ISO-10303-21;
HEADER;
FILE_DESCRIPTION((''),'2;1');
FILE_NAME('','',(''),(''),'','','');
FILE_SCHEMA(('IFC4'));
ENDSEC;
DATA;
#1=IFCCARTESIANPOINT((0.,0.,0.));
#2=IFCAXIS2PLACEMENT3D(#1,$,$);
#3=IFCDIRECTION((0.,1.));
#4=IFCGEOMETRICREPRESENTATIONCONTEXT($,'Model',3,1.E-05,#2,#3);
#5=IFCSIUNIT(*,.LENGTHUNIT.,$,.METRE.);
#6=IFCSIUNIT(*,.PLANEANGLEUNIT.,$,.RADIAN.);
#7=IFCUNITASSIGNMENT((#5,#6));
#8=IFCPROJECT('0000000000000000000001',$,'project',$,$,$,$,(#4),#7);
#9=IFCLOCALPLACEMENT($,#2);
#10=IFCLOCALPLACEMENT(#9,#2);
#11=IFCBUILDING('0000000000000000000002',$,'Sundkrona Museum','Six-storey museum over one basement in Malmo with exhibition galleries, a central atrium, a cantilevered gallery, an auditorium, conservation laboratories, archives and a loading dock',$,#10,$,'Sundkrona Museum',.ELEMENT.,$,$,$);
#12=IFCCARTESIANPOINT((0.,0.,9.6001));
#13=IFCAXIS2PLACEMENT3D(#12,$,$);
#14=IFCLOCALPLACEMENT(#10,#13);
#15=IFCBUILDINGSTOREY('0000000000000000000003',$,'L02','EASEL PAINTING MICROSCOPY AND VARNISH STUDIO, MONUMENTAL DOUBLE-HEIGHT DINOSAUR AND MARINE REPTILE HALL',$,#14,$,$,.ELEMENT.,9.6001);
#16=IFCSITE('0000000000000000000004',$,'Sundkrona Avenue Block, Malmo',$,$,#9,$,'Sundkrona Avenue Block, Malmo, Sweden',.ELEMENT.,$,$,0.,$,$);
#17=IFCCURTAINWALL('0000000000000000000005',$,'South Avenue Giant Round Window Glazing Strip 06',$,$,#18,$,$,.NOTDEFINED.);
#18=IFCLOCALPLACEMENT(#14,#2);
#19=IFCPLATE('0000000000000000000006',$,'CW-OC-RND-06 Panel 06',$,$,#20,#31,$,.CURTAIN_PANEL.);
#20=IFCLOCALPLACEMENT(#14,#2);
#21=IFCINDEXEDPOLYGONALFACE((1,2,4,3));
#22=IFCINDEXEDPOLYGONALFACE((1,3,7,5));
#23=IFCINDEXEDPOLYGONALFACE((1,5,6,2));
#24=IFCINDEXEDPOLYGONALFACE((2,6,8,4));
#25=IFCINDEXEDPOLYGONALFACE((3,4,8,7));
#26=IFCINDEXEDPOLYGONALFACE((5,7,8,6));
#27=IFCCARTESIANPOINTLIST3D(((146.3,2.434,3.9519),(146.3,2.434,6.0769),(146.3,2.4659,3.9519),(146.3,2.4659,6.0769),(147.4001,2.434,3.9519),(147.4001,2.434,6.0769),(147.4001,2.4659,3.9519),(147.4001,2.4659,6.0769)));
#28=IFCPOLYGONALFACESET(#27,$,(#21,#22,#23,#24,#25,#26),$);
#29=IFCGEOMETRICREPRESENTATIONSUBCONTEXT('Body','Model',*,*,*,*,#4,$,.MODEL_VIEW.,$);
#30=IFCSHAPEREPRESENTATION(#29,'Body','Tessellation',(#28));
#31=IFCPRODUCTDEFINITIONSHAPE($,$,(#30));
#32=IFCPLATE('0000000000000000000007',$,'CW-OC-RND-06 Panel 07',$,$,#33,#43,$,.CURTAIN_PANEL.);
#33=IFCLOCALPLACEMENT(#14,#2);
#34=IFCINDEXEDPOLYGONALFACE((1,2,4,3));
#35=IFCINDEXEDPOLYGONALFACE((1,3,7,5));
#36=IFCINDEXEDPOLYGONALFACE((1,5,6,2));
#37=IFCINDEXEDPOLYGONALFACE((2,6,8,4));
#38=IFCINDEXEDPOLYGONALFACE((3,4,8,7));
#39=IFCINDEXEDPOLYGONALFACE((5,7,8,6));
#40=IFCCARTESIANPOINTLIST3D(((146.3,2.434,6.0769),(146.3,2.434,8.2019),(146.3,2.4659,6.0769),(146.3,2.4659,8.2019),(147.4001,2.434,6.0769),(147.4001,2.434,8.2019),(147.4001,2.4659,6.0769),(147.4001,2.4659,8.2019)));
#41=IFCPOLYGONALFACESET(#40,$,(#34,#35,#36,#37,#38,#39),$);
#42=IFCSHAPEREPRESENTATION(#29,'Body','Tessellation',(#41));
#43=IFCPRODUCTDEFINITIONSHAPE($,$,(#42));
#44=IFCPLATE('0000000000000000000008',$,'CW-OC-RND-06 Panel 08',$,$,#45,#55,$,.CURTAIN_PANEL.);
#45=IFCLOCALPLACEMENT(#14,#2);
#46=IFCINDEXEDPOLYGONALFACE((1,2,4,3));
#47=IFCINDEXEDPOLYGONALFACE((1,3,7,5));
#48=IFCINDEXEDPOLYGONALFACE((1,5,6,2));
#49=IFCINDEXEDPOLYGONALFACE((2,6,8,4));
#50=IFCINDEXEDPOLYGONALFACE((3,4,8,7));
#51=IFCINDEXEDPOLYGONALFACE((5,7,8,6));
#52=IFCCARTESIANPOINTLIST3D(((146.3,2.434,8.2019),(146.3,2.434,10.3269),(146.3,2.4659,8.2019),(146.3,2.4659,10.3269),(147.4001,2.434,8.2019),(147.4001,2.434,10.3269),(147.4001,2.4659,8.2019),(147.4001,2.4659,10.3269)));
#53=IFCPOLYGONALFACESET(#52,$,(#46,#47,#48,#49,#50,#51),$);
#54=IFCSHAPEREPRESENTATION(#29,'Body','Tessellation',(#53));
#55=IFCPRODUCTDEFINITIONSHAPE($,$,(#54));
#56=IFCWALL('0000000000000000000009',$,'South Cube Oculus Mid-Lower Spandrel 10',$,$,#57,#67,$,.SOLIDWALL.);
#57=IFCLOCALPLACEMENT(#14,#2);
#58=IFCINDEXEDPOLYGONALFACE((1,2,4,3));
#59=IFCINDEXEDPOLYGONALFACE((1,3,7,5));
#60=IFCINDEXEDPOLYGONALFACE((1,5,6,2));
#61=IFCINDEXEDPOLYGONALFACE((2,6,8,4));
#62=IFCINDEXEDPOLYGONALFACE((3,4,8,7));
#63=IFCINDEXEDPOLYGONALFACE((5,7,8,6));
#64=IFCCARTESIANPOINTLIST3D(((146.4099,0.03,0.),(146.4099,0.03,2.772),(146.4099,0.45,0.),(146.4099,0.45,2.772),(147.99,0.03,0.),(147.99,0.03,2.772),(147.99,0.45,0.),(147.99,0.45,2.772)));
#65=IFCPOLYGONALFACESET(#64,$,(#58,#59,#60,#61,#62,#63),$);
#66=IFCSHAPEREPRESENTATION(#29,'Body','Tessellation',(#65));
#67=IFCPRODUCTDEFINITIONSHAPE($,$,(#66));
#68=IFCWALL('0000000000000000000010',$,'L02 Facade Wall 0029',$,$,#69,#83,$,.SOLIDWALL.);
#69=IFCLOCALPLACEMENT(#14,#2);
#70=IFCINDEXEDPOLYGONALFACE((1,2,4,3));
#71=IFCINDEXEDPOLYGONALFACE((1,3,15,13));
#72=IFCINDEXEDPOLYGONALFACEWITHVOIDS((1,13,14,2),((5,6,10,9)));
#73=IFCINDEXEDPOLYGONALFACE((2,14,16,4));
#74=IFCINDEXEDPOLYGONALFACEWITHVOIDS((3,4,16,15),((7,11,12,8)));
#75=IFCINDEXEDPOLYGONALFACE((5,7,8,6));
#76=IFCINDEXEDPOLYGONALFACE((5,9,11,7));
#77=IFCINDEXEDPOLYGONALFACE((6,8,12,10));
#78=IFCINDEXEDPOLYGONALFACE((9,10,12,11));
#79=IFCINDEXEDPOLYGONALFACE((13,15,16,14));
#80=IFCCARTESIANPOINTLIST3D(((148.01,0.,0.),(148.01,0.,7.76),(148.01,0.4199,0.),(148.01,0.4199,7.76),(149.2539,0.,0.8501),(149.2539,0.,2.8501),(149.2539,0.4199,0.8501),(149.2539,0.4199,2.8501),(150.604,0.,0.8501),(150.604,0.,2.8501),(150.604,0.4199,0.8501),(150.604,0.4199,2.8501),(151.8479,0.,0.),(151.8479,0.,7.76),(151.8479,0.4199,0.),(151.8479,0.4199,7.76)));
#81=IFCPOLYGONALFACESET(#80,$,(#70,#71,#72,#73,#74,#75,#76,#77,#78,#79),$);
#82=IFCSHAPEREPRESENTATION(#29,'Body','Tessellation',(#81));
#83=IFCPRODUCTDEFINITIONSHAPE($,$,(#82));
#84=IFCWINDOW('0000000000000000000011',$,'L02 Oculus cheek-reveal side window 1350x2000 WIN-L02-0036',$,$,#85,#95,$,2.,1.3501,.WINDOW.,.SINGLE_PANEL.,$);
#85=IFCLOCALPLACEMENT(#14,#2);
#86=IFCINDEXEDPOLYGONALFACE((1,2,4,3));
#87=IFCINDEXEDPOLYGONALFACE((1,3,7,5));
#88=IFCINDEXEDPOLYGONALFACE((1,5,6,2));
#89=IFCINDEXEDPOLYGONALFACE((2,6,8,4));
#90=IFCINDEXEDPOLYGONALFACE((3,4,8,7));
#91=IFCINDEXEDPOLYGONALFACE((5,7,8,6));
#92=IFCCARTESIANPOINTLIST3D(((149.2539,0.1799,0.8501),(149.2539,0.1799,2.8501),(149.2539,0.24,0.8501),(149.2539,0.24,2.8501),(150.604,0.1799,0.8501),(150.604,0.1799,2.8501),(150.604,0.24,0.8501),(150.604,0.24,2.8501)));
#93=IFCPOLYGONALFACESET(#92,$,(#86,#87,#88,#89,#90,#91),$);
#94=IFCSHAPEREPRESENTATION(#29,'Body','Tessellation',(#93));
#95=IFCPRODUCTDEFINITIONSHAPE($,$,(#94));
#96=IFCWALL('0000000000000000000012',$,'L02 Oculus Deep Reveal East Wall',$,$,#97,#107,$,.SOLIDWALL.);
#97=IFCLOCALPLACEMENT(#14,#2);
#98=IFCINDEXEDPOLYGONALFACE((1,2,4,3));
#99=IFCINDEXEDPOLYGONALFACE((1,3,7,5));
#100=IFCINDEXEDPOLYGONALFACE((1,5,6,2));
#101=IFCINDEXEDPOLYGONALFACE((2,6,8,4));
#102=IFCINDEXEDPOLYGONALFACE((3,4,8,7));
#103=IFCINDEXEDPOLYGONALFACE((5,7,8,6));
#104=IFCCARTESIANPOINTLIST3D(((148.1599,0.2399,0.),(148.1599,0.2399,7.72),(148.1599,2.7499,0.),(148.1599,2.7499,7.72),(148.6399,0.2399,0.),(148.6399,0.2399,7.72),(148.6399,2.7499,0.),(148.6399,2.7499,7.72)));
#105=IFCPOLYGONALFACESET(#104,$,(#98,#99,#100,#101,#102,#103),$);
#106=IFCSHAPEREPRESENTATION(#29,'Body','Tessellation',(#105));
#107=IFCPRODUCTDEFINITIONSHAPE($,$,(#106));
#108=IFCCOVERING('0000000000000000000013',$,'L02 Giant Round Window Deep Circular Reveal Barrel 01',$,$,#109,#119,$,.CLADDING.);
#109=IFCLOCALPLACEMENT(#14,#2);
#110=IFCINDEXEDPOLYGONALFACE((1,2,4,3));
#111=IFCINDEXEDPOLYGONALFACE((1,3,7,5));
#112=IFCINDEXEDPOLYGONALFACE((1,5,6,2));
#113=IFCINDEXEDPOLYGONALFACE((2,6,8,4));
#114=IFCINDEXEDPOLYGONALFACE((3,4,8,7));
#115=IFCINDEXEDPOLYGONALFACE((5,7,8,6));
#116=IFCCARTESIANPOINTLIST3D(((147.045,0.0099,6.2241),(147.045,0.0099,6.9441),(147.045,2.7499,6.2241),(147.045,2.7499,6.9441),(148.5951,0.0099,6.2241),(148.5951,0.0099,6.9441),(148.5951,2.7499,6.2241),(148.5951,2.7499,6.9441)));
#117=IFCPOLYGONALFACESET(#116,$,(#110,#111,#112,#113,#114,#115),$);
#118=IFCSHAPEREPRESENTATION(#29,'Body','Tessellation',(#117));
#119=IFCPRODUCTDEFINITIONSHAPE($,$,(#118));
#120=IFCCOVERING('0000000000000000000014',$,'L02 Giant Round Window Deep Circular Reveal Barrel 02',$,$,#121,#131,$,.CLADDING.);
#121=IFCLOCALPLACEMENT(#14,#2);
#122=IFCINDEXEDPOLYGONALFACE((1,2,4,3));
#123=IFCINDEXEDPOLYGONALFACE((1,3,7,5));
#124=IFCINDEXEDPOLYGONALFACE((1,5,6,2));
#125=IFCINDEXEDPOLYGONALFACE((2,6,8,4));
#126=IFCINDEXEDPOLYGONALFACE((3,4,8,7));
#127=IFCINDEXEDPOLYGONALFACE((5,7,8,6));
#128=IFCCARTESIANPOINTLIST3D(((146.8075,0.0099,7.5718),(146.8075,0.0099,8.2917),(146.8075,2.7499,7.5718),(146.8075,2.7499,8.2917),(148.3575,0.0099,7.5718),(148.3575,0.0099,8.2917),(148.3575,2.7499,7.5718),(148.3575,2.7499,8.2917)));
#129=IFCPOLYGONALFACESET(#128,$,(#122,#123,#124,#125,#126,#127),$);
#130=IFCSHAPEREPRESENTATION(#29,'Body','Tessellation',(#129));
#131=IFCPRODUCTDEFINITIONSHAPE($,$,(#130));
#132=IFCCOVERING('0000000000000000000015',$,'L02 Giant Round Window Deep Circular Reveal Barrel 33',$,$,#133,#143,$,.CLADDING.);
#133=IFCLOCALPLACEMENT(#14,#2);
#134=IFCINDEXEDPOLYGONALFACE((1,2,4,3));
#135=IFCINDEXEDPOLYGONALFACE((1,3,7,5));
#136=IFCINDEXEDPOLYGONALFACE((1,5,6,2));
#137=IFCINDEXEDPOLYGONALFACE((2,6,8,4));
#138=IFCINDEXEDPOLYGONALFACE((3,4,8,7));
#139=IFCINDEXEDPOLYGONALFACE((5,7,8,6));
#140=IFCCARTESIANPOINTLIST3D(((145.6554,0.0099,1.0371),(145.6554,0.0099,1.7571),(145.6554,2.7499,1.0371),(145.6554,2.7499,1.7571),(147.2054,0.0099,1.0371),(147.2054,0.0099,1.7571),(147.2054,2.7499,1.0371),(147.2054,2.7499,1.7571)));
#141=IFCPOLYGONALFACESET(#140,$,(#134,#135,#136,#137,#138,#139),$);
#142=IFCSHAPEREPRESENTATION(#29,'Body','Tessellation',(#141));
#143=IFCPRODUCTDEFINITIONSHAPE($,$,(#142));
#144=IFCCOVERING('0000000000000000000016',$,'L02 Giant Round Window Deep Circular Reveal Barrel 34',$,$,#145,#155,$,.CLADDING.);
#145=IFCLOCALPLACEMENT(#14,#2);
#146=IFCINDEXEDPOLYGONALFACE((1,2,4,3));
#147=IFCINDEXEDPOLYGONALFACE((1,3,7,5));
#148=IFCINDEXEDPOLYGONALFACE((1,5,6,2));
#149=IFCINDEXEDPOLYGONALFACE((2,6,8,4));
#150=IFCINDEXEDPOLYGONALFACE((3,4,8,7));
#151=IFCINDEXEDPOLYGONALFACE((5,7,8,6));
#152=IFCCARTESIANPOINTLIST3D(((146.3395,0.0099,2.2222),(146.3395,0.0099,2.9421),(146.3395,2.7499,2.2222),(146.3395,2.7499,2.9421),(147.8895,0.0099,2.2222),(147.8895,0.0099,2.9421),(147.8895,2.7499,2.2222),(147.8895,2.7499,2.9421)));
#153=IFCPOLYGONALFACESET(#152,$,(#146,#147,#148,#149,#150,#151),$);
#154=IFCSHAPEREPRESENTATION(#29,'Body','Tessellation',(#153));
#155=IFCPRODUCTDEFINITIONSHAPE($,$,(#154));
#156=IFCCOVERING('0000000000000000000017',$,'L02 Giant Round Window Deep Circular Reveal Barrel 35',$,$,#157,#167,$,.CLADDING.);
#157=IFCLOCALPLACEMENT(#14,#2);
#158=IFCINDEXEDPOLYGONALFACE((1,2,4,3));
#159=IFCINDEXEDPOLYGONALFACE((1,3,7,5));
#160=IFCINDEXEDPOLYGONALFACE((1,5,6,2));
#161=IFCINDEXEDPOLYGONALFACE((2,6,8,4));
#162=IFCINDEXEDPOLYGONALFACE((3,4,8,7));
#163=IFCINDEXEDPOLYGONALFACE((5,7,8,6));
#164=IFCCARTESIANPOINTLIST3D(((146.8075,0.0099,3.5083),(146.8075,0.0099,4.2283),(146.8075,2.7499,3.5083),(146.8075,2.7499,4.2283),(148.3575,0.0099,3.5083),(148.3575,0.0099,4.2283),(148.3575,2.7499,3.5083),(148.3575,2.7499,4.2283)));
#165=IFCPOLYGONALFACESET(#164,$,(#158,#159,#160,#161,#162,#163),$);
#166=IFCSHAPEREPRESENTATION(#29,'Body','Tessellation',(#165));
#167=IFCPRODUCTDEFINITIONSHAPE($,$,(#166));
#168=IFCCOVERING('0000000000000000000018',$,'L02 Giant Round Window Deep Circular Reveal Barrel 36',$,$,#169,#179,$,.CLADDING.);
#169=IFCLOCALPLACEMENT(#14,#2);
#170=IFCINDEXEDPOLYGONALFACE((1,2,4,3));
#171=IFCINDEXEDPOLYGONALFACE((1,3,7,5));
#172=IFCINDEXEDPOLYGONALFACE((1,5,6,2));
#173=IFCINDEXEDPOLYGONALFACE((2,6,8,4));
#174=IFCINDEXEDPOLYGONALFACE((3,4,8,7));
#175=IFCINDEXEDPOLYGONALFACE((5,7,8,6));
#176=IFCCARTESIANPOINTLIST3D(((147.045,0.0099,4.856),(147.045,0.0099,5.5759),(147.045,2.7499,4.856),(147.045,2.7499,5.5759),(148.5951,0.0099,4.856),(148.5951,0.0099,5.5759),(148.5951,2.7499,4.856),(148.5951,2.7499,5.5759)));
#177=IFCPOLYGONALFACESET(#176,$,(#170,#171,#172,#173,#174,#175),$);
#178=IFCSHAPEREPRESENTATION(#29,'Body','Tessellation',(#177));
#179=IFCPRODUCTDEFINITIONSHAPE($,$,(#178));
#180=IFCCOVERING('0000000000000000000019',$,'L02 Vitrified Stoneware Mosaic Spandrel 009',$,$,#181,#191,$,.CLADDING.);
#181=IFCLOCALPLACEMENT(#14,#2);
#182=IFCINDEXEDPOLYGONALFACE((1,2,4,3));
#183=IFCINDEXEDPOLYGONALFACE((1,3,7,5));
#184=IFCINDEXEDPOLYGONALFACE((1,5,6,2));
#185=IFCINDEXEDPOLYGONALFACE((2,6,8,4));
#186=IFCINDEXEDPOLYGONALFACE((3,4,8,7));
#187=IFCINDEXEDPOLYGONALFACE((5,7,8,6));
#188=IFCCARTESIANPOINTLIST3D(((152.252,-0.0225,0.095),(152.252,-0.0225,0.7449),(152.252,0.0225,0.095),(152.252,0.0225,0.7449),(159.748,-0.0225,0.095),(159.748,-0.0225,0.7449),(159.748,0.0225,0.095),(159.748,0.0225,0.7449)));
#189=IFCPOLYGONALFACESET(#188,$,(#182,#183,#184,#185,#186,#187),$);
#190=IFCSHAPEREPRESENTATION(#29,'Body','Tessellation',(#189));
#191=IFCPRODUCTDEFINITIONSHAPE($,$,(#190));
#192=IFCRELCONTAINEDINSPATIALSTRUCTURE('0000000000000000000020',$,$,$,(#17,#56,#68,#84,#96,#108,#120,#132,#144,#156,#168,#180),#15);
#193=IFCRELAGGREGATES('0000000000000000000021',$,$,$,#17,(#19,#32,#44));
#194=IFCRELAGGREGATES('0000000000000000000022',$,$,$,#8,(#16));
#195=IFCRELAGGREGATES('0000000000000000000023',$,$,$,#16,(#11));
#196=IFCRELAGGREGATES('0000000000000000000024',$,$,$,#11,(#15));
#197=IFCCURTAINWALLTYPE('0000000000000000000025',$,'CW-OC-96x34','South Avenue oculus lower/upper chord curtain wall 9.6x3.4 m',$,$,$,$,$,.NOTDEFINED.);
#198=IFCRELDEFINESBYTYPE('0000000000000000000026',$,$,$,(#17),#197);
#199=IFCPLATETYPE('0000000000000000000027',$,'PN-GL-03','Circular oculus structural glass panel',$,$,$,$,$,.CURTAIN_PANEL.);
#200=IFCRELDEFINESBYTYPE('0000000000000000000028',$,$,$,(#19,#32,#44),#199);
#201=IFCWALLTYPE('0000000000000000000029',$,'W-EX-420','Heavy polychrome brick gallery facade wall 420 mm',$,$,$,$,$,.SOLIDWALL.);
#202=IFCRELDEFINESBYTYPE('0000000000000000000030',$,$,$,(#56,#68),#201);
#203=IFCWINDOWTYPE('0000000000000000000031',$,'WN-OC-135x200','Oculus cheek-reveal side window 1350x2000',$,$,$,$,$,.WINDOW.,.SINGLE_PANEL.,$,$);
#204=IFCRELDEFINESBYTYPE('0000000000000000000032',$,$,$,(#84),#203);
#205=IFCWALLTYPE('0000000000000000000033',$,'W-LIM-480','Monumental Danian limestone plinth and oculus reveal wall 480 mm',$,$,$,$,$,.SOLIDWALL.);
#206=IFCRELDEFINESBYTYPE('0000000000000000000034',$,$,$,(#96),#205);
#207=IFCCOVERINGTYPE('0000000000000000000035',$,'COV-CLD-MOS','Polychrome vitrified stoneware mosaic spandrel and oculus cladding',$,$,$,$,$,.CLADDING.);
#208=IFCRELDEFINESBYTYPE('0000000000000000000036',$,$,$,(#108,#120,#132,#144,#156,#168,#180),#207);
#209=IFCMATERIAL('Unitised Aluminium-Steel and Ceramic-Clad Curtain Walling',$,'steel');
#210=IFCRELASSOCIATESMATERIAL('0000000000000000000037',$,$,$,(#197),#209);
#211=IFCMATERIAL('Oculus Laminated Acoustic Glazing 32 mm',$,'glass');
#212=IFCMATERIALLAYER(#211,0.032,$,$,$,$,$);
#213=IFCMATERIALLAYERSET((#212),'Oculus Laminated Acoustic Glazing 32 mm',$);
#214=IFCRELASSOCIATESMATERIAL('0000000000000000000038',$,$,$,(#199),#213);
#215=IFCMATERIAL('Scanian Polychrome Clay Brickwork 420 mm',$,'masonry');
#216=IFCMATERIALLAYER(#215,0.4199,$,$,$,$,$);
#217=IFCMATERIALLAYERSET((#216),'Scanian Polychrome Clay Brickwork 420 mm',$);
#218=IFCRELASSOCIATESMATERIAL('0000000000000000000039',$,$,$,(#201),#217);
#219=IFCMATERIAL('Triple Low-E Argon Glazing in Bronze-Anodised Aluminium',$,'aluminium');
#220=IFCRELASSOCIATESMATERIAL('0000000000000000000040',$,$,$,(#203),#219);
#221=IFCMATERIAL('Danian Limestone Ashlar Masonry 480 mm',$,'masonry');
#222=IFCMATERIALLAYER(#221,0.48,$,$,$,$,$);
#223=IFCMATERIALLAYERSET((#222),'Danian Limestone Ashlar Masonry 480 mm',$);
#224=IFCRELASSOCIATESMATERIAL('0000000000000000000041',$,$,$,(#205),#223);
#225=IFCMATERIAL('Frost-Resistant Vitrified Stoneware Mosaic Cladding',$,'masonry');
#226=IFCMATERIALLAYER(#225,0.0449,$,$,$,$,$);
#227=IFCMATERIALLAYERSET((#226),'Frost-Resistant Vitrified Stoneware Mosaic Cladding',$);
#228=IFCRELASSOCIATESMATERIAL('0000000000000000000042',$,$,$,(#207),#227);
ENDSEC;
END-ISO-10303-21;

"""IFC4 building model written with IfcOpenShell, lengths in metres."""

from ifc_helpers import new_model, si_unit, direction, frame, frame_2d, origin, origin_2d, place, context, subcontext, project, spatial, rectangle, extrude, material, layer, layer_set, type_object, element, fill, aggregate, save


model = new_model("IFC4")

# Units and contexts
model_context = context("Model", 3, precision=1e-05, world=origin(), true_north=direction((0.0, 1.0)))
body_context = subcontext(model_context, "Body", "Model", "MODEL_VIEW")
ifc_project = project(units=[si_unit("LENGTHUNIT", "METRE"), si_unit("PLANEANGLEUNIT", "RADIAN")], contexts=[model_context])

# Site, building, storey
site_placement = place(None, origin())
site = spatial("IfcSite", under=ifc_project, at=site_placement, Name="Sundkrona Avenue Block, Malmo", LongName="Sundkrona Avenue Block, Malmo, Sweden", CompositionType="ELEMENT", RefElevation=0.0)
building_placement = place(site_placement, origin())
building = spatial("IfcBuilding", under=site, at=building_placement, Name="Sundkrona Museum", Description="Six-storey museum over one basement in Malmo with exhibition galleries, a central atrium, a cantilevered gallery, an auditorium, conservation laboratories, archives and a loading dock", LongName="Sundkrona Museum", CompositionType="ELEMENT")
storey_placement = place(building_placement, frame((0.0, 0.0, 9.6001)))
storey = spatial("IfcBuildingStorey", under=building, at=storey_placement, Name="L02", Description="EASEL PAINTING MICROSCOPY AND VARNISH STUDIO, MONUMENTAL DOUBLE-HEIGHT DINOSAUR AND MARINE REPTILE HALL", CompositionType="ELEMENT", Elevation=9.6001)

# Curtain wall
ifc_material_1 = material(Name="Unitised Aluminium-Steel and Ceramic-Clad Curtain Walling", Category="steel")
curtain_wall_type = type_object("IfcCurtainWallType", Name="CW-OC-96x34", Description="South Avenue oculus lower/upper chord curtain wall 9.6x3.4 m", PredefinedType="NOTDEFINED", material=ifc_material_1)
curtain_wall_placement = place(storey_placement, origin())
curtain_wall = element("IfcCurtainWall", 1, at=curtain_wall_placement, inside=storey, type_object=curtain_wall_type, Name="South Avenue Giant Round Window Glazing Strip 06", PredefinedType="NOTDEFINED")

# Plates
ifc_material_2 = material(Name="Oculus Laminated Acoustic Glazing 32 mm", Category="glass")
ifc_layer_1 = layer(ifc_material_2, 0.032)
ifc_layer_set_1 = layer_set([ifc_layer_1], Name="Oculus Laminated Acoustic Glazing 32 mm")
plate_type = type_object("IfcPlateType", Name="PN-GL-03", Description="Circular oculus structural glass panel", PredefinedType="CURTAIN_PANEL", material=ifc_layer_set_1)
plate_1_placement = place(storey_placement, frame((146.8501, 2.45, 3.9519), z_axis=(0.0, 0.0, 1.0), x_axis=(1.0, 0.0, 0.0)))
plate_1 = element("IfcPlate", 2, at=plate_1_placement, type_object=plate_type, Name="CW-OC-RND-06 Panel 06", PredefinedType="CURTAIN_PANEL", context=body_context, shape_type="SweptSolid", body=[
    extrude(rectangle(XDim=1.1001, YDim=0.032, at=origin_2d()), origin(), (0.0, 0.0, 1.0), 2.125),
])
plate_2_placement = place(storey_placement, frame((146.8501, 2.45, 6.0769), z_axis=(0.0, 0.0, 1.0), x_axis=(1.0, 0.0, 0.0)))
plate_2 = element("IfcPlate", 3, at=plate_2_placement, type_object=plate_type, Name="CW-OC-RND-06 Panel 07", PredefinedType="CURTAIN_PANEL", context=body_context, shape_type="SweptSolid", body=[
    extrude(rectangle(XDim=1.1001, YDim=0.032, at=origin_2d()), origin(), (0.0, 0.0, 1.0), 2.125),
])
plate_3_placement = place(storey_placement, frame((146.8501, 2.45, 8.2019), z_axis=(0.0, 0.0, 1.0), x_axis=(1.0, 0.0, 0.0)))
plate_3 = element("IfcPlate", 4, at=plate_3_placement, type_object=plate_type, Name="CW-OC-RND-06 Panel 08", PredefinedType="CURTAIN_PANEL", context=body_context, shape_type="SweptSolid", body=[
    extrude(rectangle(XDim=1.1001, YDim=0.032, at=origin_2d()), origin(), (0.0, 0.0, 1.0), 2.125),
])
aggregate(curtain_wall, [plate_1, plate_2, plate_3])

# Wall
ifc_material_3 = material(Name="Scanian Polychrome Clay Brickwork 420 mm", Category="masonry")
ifc_layer_2 = layer(ifc_material_3, 0.4199)
ifc_layer_set_2 = layer_set([ifc_layer_2], Name="Scanian Polychrome Clay Brickwork 420 mm")
wall_type_1 = type_object("IfcWallType", Name="W-EX-420", Description="Heavy polychrome brick gallery facade wall 420 mm", PredefinedType="SOLIDWALL", material=ifc_layer_set_2)
wall_1_placement = place(storey_placement, frame((147.99, 0.24, 0.0), z_axis=(0.0, 0.0, 1.0), x_axis=(-1.0, 0.0, 0.0)))
element("IfcWall", 5, at=wall_1_placement, inside=storey, type_object=wall_type_1, Name="South Cube Oculus Mid-Lower Spandrel 10", PredefinedType="SOLIDWALL", context=body_context, shape_type="SweptSolid", body=[
    extrude(rectangle(XDim=1.5801, YDim=0.4199, at=frame_2d((0.79, 0.0))), origin(), (0.0, 0.0, 1.0), 2.772),
])

# Wall, opening, window
wall_2_placement = place(storey_placement, frame((151.8479, 0.21, 0.0), z_axis=(0.0, 0.0, 1.0), x_axis=(-1.0, 0.0, 0.0)))
wall_2 = element("IfcWall", 6, at=wall_2_placement, inside=storey, type_object=wall_type_1, Name="L02 Facade Wall 0029", PredefinedType="SOLIDWALL", context=body_context, shape_type="SweptSolid", body=[
    extrude(rectangle(XDim=3.8379, YDim=0.4199, at=frame_2d((1.9189, 0.0))), origin(), (0.0, 0.0, 1.0), 7.76),
])
opening_placement = place(wall_2_placement, frame((1.2439, 0.0, 0.8501)))
opening = element("IfcOpeningElement", 7, at=opening_placement, cuts=wall_2, PredefinedType="OPENING", context=body_context, shape_type="SweptSolid", body=[
    extrude(rectangle(XDim=1.3501, YDim=2.0, at=frame_2d((0.675, 1.0))), frame((0.0, 0.22, 0.0), z_axis=(0.0, -1.0, 0.0), x_axis=(1.0, 0.0, 0.0)), (0.0, 0.0, 1.0), 0.4399),
])
ifc_material_4 = material(Name="Triple Low-E Argon Glazing in Bronze-Anodised Aluminium", Category="aluminium")
window_type = type_object("IfcWindowType", Name="WN-OC-135x200", Description="Oculus cheek-reveal side window 1350x2000", PartitioningType="SINGLE_PANEL", PredefinedType="WINDOW", material=ifc_material_4)
window_placement = place(opening_placement, origin())
window = element("IfcWindow", 8, at=window_placement, inside=storey, type_object=window_type, Name="L02 Oculus cheek-reveal side window 1350x2000 WIN-L02-0036", OverallHeight=2.0, OverallWidth=1.3501, PartitioningType="SINGLE_PANEL", PredefinedType="WINDOW", context=body_context, shape_type="SweptSolid", body=[
    extrude(rectangle(XDim=1.3501, YDim=2.0, at=frame_2d((0.675, 1.0))), frame((0.0, 0.03, 0.0), z_axis=(0.0, -1.0, 0.0), x_axis=(1.0, 0.0, 0.0)), (0.0, 0.0, 1.0), 0.0601),
])
fill(opening, window)

# Wall
ifc_material_5 = material(Name="Danian Limestone Ashlar Masonry 480 mm", Category="masonry")
ifc_layer_3 = layer(ifc_material_5, 0.48)
ifc_layer_set_3 = layer_set([ifc_layer_3], Name="Danian Limestone Ashlar Masonry 480 mm")
wall_type_2 = type_object("IfcWallType", Name="W-LIM-480", Description="Monumental Danian limestone plinth and oculus reveal wall 480 mm", PredefinedType="SOLIDWALL", material=ifc_layer_set_3)
wall_3_placement = place(storey_placement, frame((148.3999, 0.24, 0.0), z_axis=(0.0, 0.0, 1.0), x_axis=(0.0, 1.0, 0.0)))
element("IfcWall", 9, at=wall_3_placement, inside=storey, type_object=wall_type_2, Name="L02 Oculus Deep Reveal East Wall", PredefinedType="SOLIDWALL", context=body_context, shape_type="SweptSolid", body=[
    extrude(rectangle(XDim=2.51, YDim=0.48, at=frame_2d((1.2549, 0.0))), origin(), (0.0, 0.0, 1.0), 7.72),
])

# Coverings
ifc_material_6 = material(Name="Frost-Resistant Vitrified Stoneware Mosaic Cladding", Category="masonry")
ifc_layer_4 = layer(ifc_material_6, 0.0449)
ifc_layer_set_4 = layer_set([ifc_layer_4], Name="Frost-Resistant Vitrified Stoneware Mosaic Cladding")
covering_type = type_object("IfcCoveringType", Name="COV-CLD-MOS", Description="Polychrome vitrified stoneware mosaic spandrel and oculus cladding", PredefinedType="CLADDING", material=ifc_layer_set_4)
for number, where, z_axis, x_axis, name in (
    (10, (147.8201, 1.3799, 6.2241), (0.0, 0.0, 1.0), (1.0, 0.0, 0.0), "L02 Giant Round Window Deep Circular Reveal Barrel 01"),
    (11, (147.5825, 1.3799, 7.5718), (0.0, 0.0, 1.0), (1.0, 0.0, 0.0), "L02 Giant Round Window Deep Circular Reveal Barrel 02"),
    (12, (146.4304, 1.3799, 1.0371), (0.0, 0.0, 1.0), (1.0, 0.0, 0.0), "L02 Giant Round Window Deep Circular Reveal Barrel 33"),
    (13, (147.1145, 1.3799, 2.2222), (0.0, 0.0, 1.0), (1.0, 0.0, 0.0), "L02 Giant Round Window Deep Circular Reveal Barrel 34"),
    (14, (147.5825, 1.3799, 3.5083), (0.0, 0.0, 1.0), (1.0, 0.0, 0.0), "L02 Giant Round Window Deep Circular Reveal Barrel 35"),
    (15, (147.8201, 1.3799, 4.856), (0.0, 0.0, 1.0), (1.0, 0.0, 0.0), "L02 Giant Round Window Deep Circular Reveal Barrel 36"),
):
    element("IfcCovering", number, at=place(storey_placement, frame(where, z_axis=z_axis, x_axis=x_axis)), inside=storey, type_object=covering_type, Name=name, PredefinedType="CLADDING", context=body_context, shape_type="SweptSolid", body=[
        extrude(rectangle(XDim=1.55, YDim=2.74, at=origin_2d()), origin(), (0.0, 0.0, 1.0), 0.72),
    ])
covering_placement = place(storey_placement, frame((156.0, 0.0, 0.095), z_axis=(0.0, 0.0, 1.0), x_axis=(1.0, 0.0, 0.0)))
element("IfcCovering", 16, at=covering_placement, inside=storey, type_object=covering_type, Name="L02 Vitrified Stoneware Mosaic Spandrel 009", PredefinedType="CLADDING", context=body_context, shape_type="SweptSolid", body=[
    extrude(rectangle(XDim=7.4961, YDim=0.0449, at=origin_2d()), origin(), (0.0, 0.0, 1.0), 0.6499),
])

save(model, "model.ifc")
